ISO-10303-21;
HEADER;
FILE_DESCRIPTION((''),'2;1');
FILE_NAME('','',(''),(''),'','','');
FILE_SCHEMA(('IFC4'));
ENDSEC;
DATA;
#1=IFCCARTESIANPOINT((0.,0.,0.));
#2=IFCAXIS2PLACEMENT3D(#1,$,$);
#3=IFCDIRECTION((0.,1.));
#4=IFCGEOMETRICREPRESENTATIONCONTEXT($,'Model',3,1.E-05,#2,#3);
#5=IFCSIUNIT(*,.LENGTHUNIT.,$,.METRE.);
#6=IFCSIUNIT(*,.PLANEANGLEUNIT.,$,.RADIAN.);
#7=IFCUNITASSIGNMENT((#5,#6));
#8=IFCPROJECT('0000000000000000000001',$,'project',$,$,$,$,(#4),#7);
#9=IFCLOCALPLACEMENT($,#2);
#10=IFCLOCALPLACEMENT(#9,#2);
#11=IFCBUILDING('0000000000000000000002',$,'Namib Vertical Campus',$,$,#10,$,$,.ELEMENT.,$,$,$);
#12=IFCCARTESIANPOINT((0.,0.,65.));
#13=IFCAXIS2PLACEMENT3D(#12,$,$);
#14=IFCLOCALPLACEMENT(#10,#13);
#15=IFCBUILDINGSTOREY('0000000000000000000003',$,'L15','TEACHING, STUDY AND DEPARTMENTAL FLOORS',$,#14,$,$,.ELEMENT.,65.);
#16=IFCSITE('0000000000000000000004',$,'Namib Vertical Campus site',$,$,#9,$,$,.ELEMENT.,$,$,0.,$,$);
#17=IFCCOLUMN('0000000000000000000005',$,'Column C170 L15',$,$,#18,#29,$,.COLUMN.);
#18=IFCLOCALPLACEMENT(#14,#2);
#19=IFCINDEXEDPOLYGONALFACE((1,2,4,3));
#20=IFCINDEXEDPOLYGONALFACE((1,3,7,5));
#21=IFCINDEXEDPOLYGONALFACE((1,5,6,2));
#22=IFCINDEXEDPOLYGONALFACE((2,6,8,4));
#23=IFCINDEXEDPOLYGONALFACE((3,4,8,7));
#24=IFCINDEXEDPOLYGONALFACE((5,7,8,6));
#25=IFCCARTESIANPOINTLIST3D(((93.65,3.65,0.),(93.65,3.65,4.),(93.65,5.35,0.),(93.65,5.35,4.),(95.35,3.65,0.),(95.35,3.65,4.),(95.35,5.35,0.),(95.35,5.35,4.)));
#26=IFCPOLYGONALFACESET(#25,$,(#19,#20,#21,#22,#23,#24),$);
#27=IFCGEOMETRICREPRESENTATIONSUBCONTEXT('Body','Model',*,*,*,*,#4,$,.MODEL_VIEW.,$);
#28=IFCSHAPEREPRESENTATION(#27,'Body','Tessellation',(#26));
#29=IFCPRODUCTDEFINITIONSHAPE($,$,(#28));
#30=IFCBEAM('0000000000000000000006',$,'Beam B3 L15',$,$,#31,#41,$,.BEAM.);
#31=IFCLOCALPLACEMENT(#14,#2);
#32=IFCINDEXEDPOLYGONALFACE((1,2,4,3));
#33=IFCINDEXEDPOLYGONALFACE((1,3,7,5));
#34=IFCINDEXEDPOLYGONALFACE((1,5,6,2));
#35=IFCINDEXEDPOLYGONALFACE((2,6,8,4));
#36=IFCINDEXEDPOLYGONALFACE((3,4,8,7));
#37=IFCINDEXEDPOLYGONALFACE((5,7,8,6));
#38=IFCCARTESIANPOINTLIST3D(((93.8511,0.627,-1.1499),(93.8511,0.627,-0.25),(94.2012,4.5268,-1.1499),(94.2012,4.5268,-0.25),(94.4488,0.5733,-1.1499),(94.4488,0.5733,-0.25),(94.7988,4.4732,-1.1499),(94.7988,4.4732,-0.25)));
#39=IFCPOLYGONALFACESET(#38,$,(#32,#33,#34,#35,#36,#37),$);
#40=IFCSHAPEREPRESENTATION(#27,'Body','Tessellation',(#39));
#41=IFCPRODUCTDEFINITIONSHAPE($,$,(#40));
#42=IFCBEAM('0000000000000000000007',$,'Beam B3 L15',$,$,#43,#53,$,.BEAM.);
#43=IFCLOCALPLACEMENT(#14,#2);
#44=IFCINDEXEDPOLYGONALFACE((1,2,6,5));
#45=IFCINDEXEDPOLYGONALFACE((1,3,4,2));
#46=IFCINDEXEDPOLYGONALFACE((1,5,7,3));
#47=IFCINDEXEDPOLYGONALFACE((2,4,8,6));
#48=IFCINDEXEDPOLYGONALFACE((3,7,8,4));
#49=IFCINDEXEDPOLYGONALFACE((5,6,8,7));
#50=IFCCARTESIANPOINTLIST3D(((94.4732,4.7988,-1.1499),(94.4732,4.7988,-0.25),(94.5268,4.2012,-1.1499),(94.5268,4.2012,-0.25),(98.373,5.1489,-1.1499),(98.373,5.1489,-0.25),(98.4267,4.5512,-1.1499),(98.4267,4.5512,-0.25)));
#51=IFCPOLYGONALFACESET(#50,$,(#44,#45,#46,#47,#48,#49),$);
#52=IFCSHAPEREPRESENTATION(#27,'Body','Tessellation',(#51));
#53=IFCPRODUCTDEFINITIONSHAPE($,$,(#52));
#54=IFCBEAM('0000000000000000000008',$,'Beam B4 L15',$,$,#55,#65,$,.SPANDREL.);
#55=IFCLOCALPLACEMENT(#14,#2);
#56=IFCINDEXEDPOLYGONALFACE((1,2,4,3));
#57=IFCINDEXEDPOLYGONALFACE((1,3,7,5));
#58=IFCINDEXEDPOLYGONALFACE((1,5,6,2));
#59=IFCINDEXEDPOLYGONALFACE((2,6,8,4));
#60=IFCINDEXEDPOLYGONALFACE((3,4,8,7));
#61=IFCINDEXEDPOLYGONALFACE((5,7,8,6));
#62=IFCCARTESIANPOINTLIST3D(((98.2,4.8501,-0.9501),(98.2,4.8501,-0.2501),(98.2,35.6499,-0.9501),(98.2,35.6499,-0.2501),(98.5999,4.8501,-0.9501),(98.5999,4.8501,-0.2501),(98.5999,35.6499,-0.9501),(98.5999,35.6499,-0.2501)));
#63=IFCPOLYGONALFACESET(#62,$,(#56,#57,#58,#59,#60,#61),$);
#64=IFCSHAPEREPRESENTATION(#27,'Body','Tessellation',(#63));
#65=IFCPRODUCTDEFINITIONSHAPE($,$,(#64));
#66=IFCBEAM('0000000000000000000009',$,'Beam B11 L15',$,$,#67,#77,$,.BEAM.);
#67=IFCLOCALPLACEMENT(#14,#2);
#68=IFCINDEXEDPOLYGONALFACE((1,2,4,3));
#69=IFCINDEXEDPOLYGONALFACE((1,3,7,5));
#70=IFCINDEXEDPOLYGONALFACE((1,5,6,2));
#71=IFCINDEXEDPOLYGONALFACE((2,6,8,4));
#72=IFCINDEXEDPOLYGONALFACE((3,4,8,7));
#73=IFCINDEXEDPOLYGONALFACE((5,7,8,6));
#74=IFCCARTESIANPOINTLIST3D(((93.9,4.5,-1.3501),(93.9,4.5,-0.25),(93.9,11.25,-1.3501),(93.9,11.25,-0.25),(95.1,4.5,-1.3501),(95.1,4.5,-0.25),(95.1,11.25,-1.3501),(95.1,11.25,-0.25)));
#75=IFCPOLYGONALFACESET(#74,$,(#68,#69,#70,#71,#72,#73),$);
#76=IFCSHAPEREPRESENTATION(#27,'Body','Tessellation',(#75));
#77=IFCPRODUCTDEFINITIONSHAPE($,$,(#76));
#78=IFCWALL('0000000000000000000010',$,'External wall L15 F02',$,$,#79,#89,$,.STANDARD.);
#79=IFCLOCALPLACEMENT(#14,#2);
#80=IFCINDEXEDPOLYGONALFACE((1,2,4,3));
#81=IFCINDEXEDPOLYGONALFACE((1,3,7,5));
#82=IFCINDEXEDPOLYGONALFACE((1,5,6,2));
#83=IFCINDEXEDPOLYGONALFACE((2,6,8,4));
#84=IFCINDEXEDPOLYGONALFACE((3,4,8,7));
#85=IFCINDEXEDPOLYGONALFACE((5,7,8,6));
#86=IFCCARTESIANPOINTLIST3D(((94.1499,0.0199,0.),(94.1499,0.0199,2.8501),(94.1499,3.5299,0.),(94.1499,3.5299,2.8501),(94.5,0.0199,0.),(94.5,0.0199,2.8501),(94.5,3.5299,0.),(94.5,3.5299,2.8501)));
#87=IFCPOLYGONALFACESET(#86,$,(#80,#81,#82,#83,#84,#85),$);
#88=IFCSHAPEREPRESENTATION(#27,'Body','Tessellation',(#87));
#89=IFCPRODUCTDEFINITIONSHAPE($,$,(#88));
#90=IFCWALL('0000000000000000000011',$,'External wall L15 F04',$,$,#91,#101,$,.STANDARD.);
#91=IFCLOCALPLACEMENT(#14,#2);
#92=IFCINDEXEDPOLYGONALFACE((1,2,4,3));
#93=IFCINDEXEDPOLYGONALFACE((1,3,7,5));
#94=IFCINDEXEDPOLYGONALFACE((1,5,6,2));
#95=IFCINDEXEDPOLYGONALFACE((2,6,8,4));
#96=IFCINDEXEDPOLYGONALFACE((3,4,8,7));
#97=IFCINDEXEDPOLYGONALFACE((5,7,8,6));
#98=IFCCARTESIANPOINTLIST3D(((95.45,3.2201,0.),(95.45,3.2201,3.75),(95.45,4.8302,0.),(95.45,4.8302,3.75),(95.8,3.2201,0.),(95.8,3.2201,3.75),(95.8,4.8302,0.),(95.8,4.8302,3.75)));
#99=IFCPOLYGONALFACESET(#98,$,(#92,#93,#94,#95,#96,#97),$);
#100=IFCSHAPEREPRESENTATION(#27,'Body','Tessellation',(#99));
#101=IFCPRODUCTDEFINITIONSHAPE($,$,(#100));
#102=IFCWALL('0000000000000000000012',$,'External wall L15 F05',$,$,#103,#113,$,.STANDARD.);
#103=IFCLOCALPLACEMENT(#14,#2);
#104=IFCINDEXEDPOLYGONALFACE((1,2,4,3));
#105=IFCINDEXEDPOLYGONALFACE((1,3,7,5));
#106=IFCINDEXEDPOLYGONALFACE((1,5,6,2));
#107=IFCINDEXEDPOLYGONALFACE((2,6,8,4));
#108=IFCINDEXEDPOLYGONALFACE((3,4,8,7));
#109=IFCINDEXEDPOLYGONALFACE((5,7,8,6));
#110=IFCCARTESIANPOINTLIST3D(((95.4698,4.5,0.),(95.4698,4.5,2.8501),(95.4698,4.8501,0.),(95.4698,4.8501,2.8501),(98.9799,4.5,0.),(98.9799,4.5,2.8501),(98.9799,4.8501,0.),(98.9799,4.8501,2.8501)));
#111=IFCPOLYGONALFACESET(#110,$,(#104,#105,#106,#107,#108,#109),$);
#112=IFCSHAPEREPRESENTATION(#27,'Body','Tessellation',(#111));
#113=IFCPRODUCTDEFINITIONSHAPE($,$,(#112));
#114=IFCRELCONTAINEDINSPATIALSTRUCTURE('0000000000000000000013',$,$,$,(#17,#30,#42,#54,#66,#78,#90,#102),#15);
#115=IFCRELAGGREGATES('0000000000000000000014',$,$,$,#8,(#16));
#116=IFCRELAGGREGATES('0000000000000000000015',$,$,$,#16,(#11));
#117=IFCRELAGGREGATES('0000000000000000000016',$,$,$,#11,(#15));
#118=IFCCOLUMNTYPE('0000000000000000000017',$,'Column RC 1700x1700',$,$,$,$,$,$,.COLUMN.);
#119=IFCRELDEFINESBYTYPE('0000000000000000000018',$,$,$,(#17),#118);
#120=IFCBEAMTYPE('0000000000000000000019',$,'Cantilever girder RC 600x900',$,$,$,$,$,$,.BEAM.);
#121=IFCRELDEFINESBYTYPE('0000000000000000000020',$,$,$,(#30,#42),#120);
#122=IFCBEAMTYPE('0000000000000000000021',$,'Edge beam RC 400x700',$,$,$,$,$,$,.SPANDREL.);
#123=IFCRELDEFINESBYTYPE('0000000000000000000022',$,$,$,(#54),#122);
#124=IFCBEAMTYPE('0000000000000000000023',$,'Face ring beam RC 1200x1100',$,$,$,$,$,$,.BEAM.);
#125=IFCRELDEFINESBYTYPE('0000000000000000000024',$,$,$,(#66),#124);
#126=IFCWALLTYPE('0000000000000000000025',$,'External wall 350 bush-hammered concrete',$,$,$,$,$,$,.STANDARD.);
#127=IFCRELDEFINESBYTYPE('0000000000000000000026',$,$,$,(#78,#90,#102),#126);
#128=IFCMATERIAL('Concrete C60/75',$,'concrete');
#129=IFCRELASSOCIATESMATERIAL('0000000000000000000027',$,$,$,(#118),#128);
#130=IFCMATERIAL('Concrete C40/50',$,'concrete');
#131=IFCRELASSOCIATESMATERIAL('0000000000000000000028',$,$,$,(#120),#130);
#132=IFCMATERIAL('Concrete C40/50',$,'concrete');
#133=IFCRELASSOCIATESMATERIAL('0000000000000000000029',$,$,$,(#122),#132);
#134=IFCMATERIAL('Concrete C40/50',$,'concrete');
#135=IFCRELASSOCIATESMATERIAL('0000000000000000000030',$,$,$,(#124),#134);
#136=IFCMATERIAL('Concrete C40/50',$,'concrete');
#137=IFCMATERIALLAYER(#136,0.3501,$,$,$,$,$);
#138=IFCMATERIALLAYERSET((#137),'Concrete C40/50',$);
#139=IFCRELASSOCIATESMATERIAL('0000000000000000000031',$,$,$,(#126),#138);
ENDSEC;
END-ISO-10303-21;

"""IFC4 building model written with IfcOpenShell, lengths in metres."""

from ifc_helpers import new_model, si_unit, direction, frame, frame_2d, origin, origin_2d, place, context, subcontext, project, spatial, rectangle, extrude, material, layer, layer_set, material_profile, profile_set, type_object, element, save


model = new_model("IFC4")

# Units and contexts
model_context = context("Model", 3, precision=1e-05, world=origin(), true_north=direction((0.0, 1.0)))
body_context = subcontext(model_context, "Body", "Model", "MODEL_VIEW")
ifc_project = project(units=[si_unit("LENGTHUNIT", "METRE"), si_unit("PLANEANGLEUNIT", "RADIAN")], contexts=[model_context])

# Site, building, storey
site_placement = place(None, origin())
site = spatial("IfcSite", under=ifc_project, at=site_placement, Name="Namib Vertical Campus site", CompositionType="ELEMENT", RefElevation=0.0)
building_placement = place(site_placement, origin())
building = spatial("IfcBuilding", under=site, at=building_placement, Name="Namib Vertical Campus", CompositionType="ELEMENT")
storey_placement = place(building_placement, frame((0.0, 0.0, 65.0)))
storey = spatial("IfcBuildingStorey", under=building, at=storey_placement, Name="L15", Description="TEACHING, STUDY AND DEPARTMENTAL FLOORS", CompositionType="ELEMENT", Elevation=65.0)

# Column
ifc_material_1 = material(Name="Concrete C60/75", Category="concrete")
ifc_material_profile_1 = material_profile(ifc_material_1, rectangle(XDim=1.7, YDim=1.7, at=origin_2d()))
ifc_profile_set_1 = profile_set([ifc_material_profile_1], Name="Concrete C60/75")
column_type = type_object("IfcColumnType", Name="Column RC 1700x1700", PredefinedType="COLUMN", material=ifc_profile_set_1)
column_placement = place(storey_placement, frame((94.5, 4.5, 0.0), z_axis=(0.0, 0.0, 1.0), x_axis=(1.0, 0.0, 0.0)))
element("IfcColumn", 1, at=column_placement, inside=storey, type_object=column_type, Name="Column C170 L15", PredefinedType="COLUMN", context=body_context, shape_type="SweptSolid", body=[
    extrude(rectangle(XDim=1.7, YDim=1.7, at=origin_2d()), origin(), (0.0, 0.0, 1.0), 4.0),
])

# Beams
ifc_material_2 = material(Name="Concrete C40/50", Category="concrete")
ifc_material_profile_2 = material_profile(ifc_material_2, rectangle(XDim=0.6001, YDim=0.8999, at=origin_2d()))
ifc_profile_set_2 = profile_set([ifc_material_profile_2], Name="Concrete C40/50")
beam_type_1 = type_object("IfcBeamType", Name="Cantilever girder RC 600x900", PredefinedType="BEAM", material=ifc_profile_set_2)
for number, where, z_axis, x_axis, name in (
    (2, (94.5, 4.5, -0.7), (-0.089411, -0.995995, 0.0), (0.995995, -0.089411, 0.0), "Beam B3 L15"),
    (3, (94.5, 4.5, -0.7), (0.995995, 0.089411, 0.0), (-0.089411, 0.995995, 0.0), "Beam B3 L15"),
):
    element("IfcBeam", number, at=place(storey_placement, frame(where, z_axis=z_axis, x_axis=x_axis)), inside=storey, type_object=beam_type_1, Name=name, PredefinedType="BEAM", context=body_context, shape_type="SweptSolid", body=[
        extrude(rectangle(XDim=0.6001, YDim=0.8999, at=origin_2d()), origin(), (0.0, 0.0, 1.0), 3.9155),
    ])
ifc_material_3 = material(Name="Concrete C40/50", Category="concrete")
ifc_material_profile_3 = material_profile(ifc_material_3, rectangle(XDim=0.3999, YDim=0.7, at=origin_2d()))
ifc_profile_set_3 = profile_set([ifc_material_profile_3], Name="Concrete C40/50")
beam_type_2 = type_object("IfcBeamType", Name="Edge beam RC 400x700", PredefinedType="SPANDREL", material=ifc_profile_set_3)
beam_1_placement = place(storey_placement, frame((98.3999, 4.8501, -0.6001), z_axis=(0.0, 1.0, 0.0), x_axis=(-1.0, 0.0, 0.0)))
element("IfcBeam", 4, at=beam_1_placement, inside=storey, type_object=beam_type_2, Name="Beam B4 L15", PredefinedType="SPANDREL", context=body_context, shape_type="SweptSolid", body=[
    extrude(rectangle(XDim=0.3999, YDim=0.7, at=origin_2d()), origin(), (0.0, 0.0, 1.0), 30.7998),
])
ifc_material_4 = material(Name="Concrete C40/50", Category="concrete")
ifc_material_profile_4 = material_profile(ifc_material_4, rectangle(XDim=1.2, YDim=1.1001, at=origin_2d()))
ifc_profile_set_4 = profile_set([ifc_material_profile_4], Name="Concrete C40/50")
beam_type_3 = type_object("IfcBeamType", Name="Face ring beam RC 1200x1100", PredefinedType="BEAM", material=ifc_profile_set_4)
beam_2_placement = place(storey_placement, frame((94.5, 4.5, -0.8), z_axis=(0.0, 1.0, 0.0), x_axis=(-1.0, 0.0, 0.0)))
element("IfcBeam", 5, at=beam_2_placement, inside=storey, type_object=beam_type_3, Name="Beam B11 L15", PredefinedType="BEAM", context=body_context, shape_type="SweptSolid", body=[
    extrude(rectangle(XDim=1.2, YDim=1.1001, at=origin_2d()), origin(), (0.0, 0.0, 1.0), 6.75),
])

# Walls
ifc_material_5 = material(Name="Concrete C40/50", Category="concrete")
ifc_layer_1 = layer(ifc_material_5, 0.3501)
ifc_layer_set_1 = layer_set([ifc_layer_1], Name="Concrete C40/50")
wall_type = type_object("IfcWallType", Name="External wall 350 bush-hammered concrete", PredefinedType="STANDARD", material=ifc_layer_set_1)
wall_1_placement = place(storey_placement, frame((94.325, 0.02, 0.0), z_axis=(0.0, 0.0, 1.0), x_axis=(0.0, 1.0, 0.0)))
element("IfcWall", 6, at=wall_1_placement, inside=storey, type_object=wall_type, Name="External wall L15 F02", PredefinedType="STANDARD", context=body_context, shape_type="SweptSolid", body=[
    extrude(rectangle(XDim=3.51, YDim=0.3501, at=frame_2d((1.7549, 0.0))), origin(), (0.0, 0.0, 1.0), 2.8501),
])
wall_2_placement = place(storey_placement, frame((95.625, 3.22, 0.0), z_axis=(0.0, 0.0, 1.0), x_axis=(0.0, 1.0, 0.0)))
element("IfcWall", 7, at=wall_2_placement, inside=storey, type_object=wall_type, Name="External wall L15 F04", PredefinedType="STANDARD", context=body_context, shape_type="SweptSolid", body=[
    extrude(rectangle(XDim=1.6101, YDim=0.3501, at=frame_2d((0.8052, 0.0))), origin(), (0.0, 0.0, 1.0), 3.75),
])
wall_3_placement = place(storey_placement, frame((95.47, 4.675, 0.0), z_axis=(0.0, 0.0, 1.0), x_axis=(1.0, 0.0, 0.0)))
element("IfcWall", 8, at=wall_3_placement, inside=storey, type_object=wall_type, Name="External wall L15 F05", PredefinedType="STANDARD", context=body_context, shape_type="SweptSolid", body=[
    extrude(rectangle(XDim=3.51, YDim=0.3501, at=frame_2d((1.7549, 0.0))), origin(), (0.0, 0.0, 1.0), 2.8501),
])

save(model, "model.ifc")
